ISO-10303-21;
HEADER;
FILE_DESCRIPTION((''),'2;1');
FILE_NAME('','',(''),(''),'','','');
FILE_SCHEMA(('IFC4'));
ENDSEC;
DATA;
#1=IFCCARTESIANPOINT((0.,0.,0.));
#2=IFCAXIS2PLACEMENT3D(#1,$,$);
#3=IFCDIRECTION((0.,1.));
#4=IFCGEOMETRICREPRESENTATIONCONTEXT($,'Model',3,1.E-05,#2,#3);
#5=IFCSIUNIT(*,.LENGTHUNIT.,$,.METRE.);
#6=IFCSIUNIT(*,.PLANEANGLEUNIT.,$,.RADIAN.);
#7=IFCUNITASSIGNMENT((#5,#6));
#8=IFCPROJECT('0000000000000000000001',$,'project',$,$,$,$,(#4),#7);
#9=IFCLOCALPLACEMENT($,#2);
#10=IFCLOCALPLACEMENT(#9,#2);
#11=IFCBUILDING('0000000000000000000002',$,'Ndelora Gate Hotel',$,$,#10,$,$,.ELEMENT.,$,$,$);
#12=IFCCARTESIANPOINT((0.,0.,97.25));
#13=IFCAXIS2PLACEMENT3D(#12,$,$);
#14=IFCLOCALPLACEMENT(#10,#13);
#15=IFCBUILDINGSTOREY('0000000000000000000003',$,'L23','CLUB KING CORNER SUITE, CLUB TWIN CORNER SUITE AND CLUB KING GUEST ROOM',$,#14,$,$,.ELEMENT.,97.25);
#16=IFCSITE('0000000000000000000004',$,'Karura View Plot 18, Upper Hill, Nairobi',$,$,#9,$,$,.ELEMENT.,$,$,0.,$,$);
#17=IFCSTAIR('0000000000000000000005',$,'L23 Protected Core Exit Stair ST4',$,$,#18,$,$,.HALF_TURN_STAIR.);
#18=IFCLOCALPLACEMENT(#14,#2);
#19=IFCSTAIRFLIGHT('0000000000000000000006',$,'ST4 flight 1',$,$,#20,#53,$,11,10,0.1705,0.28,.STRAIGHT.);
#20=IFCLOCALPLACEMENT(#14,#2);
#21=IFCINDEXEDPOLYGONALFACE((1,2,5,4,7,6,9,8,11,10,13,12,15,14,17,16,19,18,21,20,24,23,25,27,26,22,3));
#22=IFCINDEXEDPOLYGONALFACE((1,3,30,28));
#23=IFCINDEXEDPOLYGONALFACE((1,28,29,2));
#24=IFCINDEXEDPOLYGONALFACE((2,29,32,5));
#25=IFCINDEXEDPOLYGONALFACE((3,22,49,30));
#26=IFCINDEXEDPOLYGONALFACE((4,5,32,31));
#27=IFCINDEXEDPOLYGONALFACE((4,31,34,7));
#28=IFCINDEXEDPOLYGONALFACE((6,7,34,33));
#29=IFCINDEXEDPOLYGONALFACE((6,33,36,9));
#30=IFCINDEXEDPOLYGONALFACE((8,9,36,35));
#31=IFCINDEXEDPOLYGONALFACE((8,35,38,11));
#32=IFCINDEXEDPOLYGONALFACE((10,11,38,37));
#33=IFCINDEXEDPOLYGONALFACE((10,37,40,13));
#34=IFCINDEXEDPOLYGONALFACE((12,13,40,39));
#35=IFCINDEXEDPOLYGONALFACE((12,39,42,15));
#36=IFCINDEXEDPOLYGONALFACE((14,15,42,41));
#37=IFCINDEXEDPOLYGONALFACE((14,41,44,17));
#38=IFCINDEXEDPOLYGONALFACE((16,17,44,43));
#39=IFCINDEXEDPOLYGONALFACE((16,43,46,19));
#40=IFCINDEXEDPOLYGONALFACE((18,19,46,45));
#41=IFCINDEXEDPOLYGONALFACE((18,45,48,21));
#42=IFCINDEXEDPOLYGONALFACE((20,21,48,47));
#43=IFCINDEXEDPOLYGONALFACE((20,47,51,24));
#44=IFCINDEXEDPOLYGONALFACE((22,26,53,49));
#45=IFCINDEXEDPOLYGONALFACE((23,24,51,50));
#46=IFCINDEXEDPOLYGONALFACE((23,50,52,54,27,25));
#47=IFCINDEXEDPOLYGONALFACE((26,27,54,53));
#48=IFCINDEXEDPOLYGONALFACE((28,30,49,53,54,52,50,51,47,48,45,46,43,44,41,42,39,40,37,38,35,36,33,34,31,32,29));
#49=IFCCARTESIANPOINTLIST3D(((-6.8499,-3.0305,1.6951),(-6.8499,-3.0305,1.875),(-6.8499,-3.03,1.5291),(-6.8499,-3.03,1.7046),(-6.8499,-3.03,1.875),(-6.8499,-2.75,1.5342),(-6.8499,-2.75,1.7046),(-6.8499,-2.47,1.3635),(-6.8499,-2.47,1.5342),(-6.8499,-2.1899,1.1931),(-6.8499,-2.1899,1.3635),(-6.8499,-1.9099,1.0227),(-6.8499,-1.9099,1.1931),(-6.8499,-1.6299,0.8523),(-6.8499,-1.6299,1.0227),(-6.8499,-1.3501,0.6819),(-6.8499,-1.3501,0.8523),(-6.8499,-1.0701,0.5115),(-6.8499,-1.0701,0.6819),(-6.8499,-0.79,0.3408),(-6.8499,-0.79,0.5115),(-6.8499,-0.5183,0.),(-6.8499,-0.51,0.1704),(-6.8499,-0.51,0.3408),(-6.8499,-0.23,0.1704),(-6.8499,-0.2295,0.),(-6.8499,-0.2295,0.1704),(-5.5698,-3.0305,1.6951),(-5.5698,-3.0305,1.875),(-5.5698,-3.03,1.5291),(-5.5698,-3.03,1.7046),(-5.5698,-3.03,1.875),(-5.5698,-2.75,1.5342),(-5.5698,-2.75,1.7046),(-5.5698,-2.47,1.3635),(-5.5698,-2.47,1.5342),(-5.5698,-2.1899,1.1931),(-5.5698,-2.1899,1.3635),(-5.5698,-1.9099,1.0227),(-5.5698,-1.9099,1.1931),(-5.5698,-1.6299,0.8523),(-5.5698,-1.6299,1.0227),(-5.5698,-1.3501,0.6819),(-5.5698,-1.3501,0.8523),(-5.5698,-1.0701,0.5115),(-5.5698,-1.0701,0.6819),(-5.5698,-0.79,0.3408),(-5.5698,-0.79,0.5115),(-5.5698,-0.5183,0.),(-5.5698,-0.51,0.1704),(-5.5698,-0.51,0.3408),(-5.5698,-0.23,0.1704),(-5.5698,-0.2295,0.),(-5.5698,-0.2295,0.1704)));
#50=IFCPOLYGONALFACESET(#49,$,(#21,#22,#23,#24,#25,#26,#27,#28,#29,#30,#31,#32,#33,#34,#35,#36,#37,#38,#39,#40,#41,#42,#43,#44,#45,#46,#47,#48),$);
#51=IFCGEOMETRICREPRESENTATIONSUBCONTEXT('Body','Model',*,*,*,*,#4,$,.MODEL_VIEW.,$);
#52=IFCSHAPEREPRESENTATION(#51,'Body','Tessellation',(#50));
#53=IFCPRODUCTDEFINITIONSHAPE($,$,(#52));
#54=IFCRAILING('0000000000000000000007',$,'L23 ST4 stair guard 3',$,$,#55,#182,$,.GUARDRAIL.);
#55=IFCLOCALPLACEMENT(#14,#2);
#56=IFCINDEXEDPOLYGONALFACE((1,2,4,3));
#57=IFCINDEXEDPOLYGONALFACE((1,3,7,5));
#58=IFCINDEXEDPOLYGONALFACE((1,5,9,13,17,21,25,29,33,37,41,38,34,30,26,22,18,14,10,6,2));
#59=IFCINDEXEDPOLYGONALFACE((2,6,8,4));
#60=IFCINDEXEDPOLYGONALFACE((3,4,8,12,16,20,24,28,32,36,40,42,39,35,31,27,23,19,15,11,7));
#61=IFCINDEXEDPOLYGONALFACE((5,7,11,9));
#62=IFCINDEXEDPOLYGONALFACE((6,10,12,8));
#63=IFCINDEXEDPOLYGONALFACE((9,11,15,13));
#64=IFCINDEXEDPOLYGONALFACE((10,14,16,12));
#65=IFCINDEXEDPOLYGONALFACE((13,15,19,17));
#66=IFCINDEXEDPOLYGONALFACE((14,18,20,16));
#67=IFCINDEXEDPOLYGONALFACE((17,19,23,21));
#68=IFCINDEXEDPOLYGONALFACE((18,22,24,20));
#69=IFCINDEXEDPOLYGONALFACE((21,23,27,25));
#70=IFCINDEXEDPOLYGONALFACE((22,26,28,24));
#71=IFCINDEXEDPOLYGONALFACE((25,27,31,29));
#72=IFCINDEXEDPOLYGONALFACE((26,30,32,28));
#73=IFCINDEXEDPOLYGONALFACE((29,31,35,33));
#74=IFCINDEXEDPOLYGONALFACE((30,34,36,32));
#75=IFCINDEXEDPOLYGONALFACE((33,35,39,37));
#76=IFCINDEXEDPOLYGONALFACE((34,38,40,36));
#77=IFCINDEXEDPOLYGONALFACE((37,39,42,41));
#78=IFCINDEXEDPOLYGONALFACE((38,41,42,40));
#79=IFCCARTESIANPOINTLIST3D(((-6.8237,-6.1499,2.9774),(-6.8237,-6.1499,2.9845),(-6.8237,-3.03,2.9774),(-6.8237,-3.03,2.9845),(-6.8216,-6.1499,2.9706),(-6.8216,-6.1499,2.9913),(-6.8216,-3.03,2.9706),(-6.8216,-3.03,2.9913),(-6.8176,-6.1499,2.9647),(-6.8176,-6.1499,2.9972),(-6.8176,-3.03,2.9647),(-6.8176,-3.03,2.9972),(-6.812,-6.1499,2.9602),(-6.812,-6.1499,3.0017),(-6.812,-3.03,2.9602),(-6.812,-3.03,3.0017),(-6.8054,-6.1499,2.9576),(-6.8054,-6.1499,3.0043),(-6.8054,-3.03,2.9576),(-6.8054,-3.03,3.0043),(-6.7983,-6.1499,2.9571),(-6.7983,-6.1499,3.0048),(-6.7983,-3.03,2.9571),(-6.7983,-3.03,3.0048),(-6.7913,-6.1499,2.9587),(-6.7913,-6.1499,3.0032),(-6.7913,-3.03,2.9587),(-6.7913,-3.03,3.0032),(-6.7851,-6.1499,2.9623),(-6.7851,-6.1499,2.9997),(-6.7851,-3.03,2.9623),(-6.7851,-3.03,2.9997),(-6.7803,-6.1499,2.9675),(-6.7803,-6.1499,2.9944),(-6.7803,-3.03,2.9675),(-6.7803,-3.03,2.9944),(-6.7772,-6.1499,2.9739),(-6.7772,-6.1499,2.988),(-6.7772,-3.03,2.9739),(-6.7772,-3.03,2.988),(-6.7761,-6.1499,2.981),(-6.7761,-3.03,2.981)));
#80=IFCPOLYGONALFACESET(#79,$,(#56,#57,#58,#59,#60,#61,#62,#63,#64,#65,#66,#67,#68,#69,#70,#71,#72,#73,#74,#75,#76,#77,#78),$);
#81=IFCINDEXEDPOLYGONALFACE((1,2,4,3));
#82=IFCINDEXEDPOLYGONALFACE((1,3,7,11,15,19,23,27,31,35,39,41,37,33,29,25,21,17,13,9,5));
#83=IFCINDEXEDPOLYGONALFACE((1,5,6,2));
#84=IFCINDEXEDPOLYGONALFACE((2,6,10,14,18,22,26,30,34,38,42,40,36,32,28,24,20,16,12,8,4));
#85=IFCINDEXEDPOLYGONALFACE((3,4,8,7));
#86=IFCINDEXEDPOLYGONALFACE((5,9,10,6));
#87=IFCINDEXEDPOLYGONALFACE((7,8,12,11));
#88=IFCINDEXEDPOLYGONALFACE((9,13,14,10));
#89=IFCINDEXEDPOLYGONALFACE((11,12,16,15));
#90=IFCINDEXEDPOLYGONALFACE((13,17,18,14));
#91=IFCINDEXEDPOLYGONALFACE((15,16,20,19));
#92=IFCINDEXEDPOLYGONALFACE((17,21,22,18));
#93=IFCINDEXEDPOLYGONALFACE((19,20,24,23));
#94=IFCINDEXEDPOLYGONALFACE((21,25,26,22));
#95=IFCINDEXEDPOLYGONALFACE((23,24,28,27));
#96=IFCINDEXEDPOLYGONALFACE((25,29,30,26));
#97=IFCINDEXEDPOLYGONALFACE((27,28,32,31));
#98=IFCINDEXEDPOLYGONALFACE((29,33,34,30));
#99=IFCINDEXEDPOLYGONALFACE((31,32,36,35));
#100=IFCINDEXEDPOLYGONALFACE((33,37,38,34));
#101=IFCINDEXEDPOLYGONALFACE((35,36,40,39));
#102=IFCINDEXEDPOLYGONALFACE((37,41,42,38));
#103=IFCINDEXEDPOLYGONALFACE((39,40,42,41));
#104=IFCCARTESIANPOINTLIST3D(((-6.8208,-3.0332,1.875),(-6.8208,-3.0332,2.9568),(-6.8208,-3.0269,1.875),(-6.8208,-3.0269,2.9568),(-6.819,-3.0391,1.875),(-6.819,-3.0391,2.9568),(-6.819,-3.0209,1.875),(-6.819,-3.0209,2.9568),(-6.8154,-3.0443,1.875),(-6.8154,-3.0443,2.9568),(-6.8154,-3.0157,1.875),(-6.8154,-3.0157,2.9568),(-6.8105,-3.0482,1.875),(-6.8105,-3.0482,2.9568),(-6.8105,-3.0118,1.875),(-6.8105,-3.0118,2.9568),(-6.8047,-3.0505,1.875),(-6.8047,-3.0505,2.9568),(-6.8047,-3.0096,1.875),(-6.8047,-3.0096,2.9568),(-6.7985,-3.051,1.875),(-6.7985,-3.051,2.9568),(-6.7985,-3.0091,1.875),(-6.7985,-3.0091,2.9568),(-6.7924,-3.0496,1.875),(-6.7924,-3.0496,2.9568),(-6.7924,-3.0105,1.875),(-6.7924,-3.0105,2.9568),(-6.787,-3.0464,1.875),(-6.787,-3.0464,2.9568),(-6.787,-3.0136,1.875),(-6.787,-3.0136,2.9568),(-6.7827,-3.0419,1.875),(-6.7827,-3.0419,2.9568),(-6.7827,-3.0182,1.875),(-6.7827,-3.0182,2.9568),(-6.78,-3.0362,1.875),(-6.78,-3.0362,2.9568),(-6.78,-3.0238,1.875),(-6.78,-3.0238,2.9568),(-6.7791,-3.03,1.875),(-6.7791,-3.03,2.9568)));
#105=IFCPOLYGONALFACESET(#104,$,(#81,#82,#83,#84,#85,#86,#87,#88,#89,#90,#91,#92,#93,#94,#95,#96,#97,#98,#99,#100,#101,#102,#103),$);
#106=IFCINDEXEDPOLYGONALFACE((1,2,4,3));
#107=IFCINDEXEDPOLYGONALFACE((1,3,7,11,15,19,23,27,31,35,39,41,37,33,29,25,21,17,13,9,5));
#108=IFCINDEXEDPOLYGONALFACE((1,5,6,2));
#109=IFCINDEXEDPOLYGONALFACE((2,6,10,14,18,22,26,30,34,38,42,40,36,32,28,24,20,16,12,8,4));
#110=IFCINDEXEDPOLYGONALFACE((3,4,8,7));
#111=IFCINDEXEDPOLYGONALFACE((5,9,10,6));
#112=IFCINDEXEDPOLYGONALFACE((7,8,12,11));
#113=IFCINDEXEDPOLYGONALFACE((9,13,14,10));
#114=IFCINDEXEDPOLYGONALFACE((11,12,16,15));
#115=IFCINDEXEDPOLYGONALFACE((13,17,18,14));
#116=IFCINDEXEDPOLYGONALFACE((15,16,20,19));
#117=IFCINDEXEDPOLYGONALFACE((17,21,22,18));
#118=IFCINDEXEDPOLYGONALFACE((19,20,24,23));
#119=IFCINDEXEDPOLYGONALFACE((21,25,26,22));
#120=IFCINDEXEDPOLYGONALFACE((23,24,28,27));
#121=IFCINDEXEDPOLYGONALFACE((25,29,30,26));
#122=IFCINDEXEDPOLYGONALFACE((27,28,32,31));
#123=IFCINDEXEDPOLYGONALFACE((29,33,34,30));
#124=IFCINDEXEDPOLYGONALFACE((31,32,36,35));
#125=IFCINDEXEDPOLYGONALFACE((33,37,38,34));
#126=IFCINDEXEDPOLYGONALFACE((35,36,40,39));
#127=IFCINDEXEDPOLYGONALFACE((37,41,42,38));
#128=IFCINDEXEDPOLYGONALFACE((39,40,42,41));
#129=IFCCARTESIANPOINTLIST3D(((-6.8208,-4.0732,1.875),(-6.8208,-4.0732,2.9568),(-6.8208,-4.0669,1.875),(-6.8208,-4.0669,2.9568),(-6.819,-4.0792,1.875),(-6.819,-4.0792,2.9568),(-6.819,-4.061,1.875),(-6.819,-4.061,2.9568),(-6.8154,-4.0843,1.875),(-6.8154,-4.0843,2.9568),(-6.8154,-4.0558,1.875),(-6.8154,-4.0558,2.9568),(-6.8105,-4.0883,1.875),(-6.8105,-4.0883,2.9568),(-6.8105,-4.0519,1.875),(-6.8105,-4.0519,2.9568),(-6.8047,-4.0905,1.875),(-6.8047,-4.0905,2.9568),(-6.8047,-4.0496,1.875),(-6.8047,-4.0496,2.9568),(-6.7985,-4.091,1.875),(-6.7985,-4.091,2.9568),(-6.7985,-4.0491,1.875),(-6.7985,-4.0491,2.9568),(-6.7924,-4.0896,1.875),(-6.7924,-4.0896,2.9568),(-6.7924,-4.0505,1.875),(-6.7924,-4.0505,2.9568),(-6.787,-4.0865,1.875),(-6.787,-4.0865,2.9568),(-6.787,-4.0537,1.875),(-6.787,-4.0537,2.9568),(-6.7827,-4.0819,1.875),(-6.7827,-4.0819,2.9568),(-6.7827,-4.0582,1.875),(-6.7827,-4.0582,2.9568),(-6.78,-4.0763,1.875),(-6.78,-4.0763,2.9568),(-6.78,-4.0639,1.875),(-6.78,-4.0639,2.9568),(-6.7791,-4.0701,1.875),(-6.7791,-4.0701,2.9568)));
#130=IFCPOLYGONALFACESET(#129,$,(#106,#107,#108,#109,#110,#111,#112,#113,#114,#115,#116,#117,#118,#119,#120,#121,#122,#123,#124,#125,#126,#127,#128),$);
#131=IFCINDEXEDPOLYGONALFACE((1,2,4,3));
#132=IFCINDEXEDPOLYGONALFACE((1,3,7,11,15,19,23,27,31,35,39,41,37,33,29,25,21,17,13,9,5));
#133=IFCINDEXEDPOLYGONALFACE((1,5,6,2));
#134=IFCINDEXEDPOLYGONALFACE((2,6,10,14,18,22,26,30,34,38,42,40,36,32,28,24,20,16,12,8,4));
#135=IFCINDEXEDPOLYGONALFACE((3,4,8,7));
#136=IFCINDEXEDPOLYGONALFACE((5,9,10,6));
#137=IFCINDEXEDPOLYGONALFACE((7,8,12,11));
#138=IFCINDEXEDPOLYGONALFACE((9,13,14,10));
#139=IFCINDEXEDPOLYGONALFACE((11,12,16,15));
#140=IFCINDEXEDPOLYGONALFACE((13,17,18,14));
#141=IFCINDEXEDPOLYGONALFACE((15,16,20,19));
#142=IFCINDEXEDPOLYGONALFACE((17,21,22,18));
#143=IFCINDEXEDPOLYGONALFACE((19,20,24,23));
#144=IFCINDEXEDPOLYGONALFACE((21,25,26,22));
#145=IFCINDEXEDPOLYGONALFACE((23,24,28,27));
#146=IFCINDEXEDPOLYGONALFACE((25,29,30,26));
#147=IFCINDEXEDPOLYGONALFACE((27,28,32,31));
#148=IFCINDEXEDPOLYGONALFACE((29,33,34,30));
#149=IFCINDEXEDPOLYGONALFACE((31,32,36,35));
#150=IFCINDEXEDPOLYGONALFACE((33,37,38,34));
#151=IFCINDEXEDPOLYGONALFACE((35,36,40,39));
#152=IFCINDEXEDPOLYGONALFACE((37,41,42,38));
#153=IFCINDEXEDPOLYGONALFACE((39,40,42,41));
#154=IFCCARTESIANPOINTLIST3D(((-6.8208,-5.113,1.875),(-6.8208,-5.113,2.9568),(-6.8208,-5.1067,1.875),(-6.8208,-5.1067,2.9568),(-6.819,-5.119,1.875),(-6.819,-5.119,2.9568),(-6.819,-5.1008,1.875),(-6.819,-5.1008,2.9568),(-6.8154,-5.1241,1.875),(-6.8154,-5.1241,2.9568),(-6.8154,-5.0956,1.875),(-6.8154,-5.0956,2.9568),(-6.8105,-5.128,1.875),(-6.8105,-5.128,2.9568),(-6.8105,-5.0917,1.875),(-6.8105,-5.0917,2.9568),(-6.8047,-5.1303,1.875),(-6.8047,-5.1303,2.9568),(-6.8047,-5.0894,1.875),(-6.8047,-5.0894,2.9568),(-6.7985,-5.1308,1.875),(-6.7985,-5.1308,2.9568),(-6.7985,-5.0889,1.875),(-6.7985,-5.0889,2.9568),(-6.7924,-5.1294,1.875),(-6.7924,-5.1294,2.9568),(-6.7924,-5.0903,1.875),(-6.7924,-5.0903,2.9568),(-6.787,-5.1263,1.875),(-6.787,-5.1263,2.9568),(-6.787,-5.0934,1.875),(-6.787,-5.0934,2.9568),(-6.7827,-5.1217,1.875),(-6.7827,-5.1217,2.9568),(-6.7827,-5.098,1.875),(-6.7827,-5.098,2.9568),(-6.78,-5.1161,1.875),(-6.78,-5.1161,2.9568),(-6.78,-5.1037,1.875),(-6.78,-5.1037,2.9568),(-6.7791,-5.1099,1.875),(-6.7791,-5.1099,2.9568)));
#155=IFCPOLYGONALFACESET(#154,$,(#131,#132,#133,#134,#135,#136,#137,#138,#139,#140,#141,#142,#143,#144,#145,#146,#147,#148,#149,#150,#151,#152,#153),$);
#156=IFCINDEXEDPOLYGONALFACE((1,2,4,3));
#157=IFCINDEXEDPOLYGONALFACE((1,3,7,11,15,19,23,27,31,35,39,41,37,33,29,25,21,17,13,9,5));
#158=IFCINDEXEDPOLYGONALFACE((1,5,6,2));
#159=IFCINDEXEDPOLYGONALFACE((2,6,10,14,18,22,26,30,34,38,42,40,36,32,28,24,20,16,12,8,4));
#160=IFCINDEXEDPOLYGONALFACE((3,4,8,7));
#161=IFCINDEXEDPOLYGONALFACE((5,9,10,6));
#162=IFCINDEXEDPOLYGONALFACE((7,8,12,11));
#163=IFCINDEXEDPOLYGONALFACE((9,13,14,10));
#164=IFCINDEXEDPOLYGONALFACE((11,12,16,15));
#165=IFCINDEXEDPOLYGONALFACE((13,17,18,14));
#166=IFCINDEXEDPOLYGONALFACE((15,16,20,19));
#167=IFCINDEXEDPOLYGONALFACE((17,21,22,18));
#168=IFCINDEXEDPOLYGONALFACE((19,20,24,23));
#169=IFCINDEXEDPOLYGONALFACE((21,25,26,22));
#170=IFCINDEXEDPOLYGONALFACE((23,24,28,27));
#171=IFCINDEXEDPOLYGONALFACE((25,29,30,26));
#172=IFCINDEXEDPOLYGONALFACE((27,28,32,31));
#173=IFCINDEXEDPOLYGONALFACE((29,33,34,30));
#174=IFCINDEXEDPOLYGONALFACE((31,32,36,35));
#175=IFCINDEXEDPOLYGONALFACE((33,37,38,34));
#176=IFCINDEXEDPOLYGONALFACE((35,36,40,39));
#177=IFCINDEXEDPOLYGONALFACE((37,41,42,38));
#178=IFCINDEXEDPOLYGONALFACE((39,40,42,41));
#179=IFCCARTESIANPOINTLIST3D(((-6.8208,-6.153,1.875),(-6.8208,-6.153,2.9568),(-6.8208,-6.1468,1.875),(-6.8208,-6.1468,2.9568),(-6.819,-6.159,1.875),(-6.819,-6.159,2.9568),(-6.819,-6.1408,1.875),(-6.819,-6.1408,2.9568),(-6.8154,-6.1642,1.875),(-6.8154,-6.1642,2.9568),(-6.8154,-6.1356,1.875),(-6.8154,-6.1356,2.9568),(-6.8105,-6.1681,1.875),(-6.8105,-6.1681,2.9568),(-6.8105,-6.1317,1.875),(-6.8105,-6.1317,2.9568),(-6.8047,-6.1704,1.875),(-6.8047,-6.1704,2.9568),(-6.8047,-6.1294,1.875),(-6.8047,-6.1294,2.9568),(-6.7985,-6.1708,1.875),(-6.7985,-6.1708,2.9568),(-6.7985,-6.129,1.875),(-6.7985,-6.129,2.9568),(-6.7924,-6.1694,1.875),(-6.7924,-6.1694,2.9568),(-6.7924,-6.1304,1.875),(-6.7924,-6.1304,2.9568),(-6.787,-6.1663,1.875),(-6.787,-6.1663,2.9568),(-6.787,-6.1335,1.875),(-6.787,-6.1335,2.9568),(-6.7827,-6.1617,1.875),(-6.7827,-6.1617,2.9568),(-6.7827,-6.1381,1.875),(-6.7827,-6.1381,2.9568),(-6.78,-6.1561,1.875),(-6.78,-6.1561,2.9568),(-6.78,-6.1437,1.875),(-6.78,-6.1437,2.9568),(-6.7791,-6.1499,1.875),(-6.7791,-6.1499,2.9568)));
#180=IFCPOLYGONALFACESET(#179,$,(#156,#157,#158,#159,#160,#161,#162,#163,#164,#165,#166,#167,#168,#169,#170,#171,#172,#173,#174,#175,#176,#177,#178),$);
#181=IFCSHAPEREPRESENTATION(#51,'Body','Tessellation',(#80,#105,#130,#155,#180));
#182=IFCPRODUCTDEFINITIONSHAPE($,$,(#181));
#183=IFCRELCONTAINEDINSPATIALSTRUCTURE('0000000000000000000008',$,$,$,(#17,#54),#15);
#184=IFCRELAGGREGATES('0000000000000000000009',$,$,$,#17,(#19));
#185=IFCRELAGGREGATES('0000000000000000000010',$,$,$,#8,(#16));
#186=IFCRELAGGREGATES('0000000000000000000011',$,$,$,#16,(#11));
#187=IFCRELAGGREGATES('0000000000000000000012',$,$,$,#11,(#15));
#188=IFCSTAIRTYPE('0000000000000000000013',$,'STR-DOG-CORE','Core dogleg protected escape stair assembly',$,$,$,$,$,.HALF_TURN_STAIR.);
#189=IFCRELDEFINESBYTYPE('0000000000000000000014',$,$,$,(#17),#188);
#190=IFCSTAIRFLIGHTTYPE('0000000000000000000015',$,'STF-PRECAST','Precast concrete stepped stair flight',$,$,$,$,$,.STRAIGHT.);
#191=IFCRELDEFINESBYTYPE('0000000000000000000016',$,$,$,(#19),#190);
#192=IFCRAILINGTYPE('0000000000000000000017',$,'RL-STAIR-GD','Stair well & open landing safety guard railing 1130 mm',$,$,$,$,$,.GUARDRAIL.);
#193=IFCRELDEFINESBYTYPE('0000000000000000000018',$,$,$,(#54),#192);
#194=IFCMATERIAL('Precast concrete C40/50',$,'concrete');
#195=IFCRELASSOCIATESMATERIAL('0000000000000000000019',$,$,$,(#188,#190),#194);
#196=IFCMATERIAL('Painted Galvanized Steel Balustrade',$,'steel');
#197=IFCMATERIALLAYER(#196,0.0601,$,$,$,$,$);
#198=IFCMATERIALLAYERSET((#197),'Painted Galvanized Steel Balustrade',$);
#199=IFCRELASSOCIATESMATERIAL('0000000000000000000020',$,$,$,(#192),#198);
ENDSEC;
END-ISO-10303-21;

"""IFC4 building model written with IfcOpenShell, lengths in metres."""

from ifc_helpers import new_model, si_unit, direction, frame, origin, origin_2d, place, context, subcontext, project, spatial, polyline, circle, outline, extrude, material, layer, layer_set, type_object, element, aggregate, save


model = new_model("IFC4")

# Units and contexts
model_context = context("Model", 3, precision=1e-05, world=origin(), true_north=direction((0.0, 1.0)))
body_context = subcontext(model_context, "Body", "Model", "MODEL_VIEW")
ifc_project = project(units=[si_unit("LENGTHUNIT", "METRE"), si_unit("PLANEANGLEUNIT", "RADIAN")], contexts=[model_context])

# Site, building, storey
site_placement = place(None, origin())
site = spatial("IfcSite", under=ifc_project, at=site_placement, Name="Karura View Plot 18, Upper Hill, Nairobi", CompositionType="ELEMENT", RefElevation=0.0)
building_placement = place(site_placement, origin())
building = spatial("IfcBuilding", under=site, at=building_placement, Name="Ndelora Gate Hotel", CompositionType="ELEMENT")
storey_placement = place(building_placement, frame((0.0, 0.0, 97.25)))
storey = spatial("IfcBuildingStorey", under=building, at=storey_placement, Name="L23", Description="CLUB KING CORNER SUITE, CLUB TWIN CORNER SUITE AND CLUB KING GUEST ROOM", CompositionType="ELEMENT", Elevation=97.25)

# Stair, stair flight
ifc_material_1 = material(Name="Precast concrete C40/50", Category="concrete")
stair_type = type_object("IfcStairType", Name="STR-DOG-CORE", Description="Core dogleg protected escape stair assembly", PredefinedType="HALF_TURN_STAIR", material=ifc_material_1)
stair_placement = place(storey_placement, origin())
stair = element("IfcStair", 1, at=stair_placement, inside=storey, type_object=stair_type, Name="L23 Protected Core Exit Stair ST4", PredefinedType="HALF_TURN_STAIR")
stair_flight_type = type_object("IfcStairFlightType", Name="STF-PRECAST", Description="Precast concrete stepped stair flight", PredefinedType="STRAIGHT", material=ifc_material_1)
stair_flight_placement = place(storey_placement, frame((-6.21, -0.23, 0.0), z_axis=(0.0, 0.0, 1.0), x_axis=(0.0, -1.0, 0.0)))
stair_flight = element("IfcStairFlight", 2, at=stair_flight_placement, type_object=stair_flight_type, Name="ST4 flight 1", NumberOfRisers=11, NumberOfTreads=10, PredefinedType="STRAIGHT", RiserHeight=0.1705, TreadLength=0.28, context=body_context, shape_type="SweptSolid", body=[
    extrude(outline(polyline([(-0.0005, 0.0), (-0.0005, 0.1704), (0.0, 0.1704), (0.28, 0.1704), (0.28, 0.3408), (0.5601, 0.3408), (0.5601, 0.5115), (0.8401, 0.5115), (0.8401, 0.6819), (1.1201, 0.6819), (1.1201, 0.8523), (1.3999, 0.8523), (1.3999, 1.0227), (1.6799, 1.0227), (1.6799, 1.1931), (1.96, 1.1931), (1.96, 1.3635), (2.24, 1.3635), (2.24, 1.5342), (2.52, 1.5342), (2.52, 1.7046), (2.8, 1.7046), (2.8, 1.875), (2.8005, 1.875), (2.8005, 1.6951), (2.8, 1.5291), (0.2883, 0.0), (-0.0005, 0.0)])), frame((0.0, 0.6401, 0.0), z_axis=(0.0, -1.0, 0.0), x_axis=(1.0, 0.0, 0.0)), (0.0, 0.0, 1.0), 1.28),
])
aggregate(stair, [stair_flight])

# Railing
ifc_material_2 = material(Name="Painted Galvanized Steel Balustrade", Category="steel")
ifc_layer_1 = layer(ifc_material_2, 0.0601)
ifc_layer_set_1 = layer_set([ifc_layer_1], Name="Painted Galvanized Steel Balustrade")
railing_type_1 = type_object("IfcRailingType", Name="RL-STAIR-GD", Description="Stair well & open landing safety guard railing 1130 mm", PredefinedType="GUARDRAIL", material=ifc_layer_set_1)
railing_1_placement = place(storey_placement, frame((-6.8, -3.03, 1.875)))
element("IfcRailing", 3, at=railing_1_placement, inside=storey, type_object=railing_type_1, Name="L23 ST4 stair guard 3", PredefinedType="GUARDRAIL", context=body_context, shape_type="SweptSolid", body=[
    extrude(circle(Radius=0.0239, at=origin_2d()), frame((0.0, 0.0, 1.106), z_axis=(0.0, -1.0, 0.0), x_axis=(1.0, 0.0, 0.0)), (0.0, 0.0, 1.0), 3.1199),
    extrude(circle(Radius=0.021, at=origin_2d()), origin(), (0.0, 0.0, 1.0), 1.0818),
    extrude(circle(Radius=0.021, at=origin_2d()), frame((0.0, -1.04, 0.0)), (0.0, 0.0, 1.0), 1.0818),
    extrude(circle(Radius=0.021, at=origin_2d()), frame((0.0, -2.0798, 0.0)), (0.0, 0.0, 1.0), 1.0818),
    extrude(circle(Radius=0.021, at=origin_2d()), frame((0.0, -3.1199, 0.0)), (0.0, 0.0, 1.0), 1.0818),
])

save(model, "model.ifc")
